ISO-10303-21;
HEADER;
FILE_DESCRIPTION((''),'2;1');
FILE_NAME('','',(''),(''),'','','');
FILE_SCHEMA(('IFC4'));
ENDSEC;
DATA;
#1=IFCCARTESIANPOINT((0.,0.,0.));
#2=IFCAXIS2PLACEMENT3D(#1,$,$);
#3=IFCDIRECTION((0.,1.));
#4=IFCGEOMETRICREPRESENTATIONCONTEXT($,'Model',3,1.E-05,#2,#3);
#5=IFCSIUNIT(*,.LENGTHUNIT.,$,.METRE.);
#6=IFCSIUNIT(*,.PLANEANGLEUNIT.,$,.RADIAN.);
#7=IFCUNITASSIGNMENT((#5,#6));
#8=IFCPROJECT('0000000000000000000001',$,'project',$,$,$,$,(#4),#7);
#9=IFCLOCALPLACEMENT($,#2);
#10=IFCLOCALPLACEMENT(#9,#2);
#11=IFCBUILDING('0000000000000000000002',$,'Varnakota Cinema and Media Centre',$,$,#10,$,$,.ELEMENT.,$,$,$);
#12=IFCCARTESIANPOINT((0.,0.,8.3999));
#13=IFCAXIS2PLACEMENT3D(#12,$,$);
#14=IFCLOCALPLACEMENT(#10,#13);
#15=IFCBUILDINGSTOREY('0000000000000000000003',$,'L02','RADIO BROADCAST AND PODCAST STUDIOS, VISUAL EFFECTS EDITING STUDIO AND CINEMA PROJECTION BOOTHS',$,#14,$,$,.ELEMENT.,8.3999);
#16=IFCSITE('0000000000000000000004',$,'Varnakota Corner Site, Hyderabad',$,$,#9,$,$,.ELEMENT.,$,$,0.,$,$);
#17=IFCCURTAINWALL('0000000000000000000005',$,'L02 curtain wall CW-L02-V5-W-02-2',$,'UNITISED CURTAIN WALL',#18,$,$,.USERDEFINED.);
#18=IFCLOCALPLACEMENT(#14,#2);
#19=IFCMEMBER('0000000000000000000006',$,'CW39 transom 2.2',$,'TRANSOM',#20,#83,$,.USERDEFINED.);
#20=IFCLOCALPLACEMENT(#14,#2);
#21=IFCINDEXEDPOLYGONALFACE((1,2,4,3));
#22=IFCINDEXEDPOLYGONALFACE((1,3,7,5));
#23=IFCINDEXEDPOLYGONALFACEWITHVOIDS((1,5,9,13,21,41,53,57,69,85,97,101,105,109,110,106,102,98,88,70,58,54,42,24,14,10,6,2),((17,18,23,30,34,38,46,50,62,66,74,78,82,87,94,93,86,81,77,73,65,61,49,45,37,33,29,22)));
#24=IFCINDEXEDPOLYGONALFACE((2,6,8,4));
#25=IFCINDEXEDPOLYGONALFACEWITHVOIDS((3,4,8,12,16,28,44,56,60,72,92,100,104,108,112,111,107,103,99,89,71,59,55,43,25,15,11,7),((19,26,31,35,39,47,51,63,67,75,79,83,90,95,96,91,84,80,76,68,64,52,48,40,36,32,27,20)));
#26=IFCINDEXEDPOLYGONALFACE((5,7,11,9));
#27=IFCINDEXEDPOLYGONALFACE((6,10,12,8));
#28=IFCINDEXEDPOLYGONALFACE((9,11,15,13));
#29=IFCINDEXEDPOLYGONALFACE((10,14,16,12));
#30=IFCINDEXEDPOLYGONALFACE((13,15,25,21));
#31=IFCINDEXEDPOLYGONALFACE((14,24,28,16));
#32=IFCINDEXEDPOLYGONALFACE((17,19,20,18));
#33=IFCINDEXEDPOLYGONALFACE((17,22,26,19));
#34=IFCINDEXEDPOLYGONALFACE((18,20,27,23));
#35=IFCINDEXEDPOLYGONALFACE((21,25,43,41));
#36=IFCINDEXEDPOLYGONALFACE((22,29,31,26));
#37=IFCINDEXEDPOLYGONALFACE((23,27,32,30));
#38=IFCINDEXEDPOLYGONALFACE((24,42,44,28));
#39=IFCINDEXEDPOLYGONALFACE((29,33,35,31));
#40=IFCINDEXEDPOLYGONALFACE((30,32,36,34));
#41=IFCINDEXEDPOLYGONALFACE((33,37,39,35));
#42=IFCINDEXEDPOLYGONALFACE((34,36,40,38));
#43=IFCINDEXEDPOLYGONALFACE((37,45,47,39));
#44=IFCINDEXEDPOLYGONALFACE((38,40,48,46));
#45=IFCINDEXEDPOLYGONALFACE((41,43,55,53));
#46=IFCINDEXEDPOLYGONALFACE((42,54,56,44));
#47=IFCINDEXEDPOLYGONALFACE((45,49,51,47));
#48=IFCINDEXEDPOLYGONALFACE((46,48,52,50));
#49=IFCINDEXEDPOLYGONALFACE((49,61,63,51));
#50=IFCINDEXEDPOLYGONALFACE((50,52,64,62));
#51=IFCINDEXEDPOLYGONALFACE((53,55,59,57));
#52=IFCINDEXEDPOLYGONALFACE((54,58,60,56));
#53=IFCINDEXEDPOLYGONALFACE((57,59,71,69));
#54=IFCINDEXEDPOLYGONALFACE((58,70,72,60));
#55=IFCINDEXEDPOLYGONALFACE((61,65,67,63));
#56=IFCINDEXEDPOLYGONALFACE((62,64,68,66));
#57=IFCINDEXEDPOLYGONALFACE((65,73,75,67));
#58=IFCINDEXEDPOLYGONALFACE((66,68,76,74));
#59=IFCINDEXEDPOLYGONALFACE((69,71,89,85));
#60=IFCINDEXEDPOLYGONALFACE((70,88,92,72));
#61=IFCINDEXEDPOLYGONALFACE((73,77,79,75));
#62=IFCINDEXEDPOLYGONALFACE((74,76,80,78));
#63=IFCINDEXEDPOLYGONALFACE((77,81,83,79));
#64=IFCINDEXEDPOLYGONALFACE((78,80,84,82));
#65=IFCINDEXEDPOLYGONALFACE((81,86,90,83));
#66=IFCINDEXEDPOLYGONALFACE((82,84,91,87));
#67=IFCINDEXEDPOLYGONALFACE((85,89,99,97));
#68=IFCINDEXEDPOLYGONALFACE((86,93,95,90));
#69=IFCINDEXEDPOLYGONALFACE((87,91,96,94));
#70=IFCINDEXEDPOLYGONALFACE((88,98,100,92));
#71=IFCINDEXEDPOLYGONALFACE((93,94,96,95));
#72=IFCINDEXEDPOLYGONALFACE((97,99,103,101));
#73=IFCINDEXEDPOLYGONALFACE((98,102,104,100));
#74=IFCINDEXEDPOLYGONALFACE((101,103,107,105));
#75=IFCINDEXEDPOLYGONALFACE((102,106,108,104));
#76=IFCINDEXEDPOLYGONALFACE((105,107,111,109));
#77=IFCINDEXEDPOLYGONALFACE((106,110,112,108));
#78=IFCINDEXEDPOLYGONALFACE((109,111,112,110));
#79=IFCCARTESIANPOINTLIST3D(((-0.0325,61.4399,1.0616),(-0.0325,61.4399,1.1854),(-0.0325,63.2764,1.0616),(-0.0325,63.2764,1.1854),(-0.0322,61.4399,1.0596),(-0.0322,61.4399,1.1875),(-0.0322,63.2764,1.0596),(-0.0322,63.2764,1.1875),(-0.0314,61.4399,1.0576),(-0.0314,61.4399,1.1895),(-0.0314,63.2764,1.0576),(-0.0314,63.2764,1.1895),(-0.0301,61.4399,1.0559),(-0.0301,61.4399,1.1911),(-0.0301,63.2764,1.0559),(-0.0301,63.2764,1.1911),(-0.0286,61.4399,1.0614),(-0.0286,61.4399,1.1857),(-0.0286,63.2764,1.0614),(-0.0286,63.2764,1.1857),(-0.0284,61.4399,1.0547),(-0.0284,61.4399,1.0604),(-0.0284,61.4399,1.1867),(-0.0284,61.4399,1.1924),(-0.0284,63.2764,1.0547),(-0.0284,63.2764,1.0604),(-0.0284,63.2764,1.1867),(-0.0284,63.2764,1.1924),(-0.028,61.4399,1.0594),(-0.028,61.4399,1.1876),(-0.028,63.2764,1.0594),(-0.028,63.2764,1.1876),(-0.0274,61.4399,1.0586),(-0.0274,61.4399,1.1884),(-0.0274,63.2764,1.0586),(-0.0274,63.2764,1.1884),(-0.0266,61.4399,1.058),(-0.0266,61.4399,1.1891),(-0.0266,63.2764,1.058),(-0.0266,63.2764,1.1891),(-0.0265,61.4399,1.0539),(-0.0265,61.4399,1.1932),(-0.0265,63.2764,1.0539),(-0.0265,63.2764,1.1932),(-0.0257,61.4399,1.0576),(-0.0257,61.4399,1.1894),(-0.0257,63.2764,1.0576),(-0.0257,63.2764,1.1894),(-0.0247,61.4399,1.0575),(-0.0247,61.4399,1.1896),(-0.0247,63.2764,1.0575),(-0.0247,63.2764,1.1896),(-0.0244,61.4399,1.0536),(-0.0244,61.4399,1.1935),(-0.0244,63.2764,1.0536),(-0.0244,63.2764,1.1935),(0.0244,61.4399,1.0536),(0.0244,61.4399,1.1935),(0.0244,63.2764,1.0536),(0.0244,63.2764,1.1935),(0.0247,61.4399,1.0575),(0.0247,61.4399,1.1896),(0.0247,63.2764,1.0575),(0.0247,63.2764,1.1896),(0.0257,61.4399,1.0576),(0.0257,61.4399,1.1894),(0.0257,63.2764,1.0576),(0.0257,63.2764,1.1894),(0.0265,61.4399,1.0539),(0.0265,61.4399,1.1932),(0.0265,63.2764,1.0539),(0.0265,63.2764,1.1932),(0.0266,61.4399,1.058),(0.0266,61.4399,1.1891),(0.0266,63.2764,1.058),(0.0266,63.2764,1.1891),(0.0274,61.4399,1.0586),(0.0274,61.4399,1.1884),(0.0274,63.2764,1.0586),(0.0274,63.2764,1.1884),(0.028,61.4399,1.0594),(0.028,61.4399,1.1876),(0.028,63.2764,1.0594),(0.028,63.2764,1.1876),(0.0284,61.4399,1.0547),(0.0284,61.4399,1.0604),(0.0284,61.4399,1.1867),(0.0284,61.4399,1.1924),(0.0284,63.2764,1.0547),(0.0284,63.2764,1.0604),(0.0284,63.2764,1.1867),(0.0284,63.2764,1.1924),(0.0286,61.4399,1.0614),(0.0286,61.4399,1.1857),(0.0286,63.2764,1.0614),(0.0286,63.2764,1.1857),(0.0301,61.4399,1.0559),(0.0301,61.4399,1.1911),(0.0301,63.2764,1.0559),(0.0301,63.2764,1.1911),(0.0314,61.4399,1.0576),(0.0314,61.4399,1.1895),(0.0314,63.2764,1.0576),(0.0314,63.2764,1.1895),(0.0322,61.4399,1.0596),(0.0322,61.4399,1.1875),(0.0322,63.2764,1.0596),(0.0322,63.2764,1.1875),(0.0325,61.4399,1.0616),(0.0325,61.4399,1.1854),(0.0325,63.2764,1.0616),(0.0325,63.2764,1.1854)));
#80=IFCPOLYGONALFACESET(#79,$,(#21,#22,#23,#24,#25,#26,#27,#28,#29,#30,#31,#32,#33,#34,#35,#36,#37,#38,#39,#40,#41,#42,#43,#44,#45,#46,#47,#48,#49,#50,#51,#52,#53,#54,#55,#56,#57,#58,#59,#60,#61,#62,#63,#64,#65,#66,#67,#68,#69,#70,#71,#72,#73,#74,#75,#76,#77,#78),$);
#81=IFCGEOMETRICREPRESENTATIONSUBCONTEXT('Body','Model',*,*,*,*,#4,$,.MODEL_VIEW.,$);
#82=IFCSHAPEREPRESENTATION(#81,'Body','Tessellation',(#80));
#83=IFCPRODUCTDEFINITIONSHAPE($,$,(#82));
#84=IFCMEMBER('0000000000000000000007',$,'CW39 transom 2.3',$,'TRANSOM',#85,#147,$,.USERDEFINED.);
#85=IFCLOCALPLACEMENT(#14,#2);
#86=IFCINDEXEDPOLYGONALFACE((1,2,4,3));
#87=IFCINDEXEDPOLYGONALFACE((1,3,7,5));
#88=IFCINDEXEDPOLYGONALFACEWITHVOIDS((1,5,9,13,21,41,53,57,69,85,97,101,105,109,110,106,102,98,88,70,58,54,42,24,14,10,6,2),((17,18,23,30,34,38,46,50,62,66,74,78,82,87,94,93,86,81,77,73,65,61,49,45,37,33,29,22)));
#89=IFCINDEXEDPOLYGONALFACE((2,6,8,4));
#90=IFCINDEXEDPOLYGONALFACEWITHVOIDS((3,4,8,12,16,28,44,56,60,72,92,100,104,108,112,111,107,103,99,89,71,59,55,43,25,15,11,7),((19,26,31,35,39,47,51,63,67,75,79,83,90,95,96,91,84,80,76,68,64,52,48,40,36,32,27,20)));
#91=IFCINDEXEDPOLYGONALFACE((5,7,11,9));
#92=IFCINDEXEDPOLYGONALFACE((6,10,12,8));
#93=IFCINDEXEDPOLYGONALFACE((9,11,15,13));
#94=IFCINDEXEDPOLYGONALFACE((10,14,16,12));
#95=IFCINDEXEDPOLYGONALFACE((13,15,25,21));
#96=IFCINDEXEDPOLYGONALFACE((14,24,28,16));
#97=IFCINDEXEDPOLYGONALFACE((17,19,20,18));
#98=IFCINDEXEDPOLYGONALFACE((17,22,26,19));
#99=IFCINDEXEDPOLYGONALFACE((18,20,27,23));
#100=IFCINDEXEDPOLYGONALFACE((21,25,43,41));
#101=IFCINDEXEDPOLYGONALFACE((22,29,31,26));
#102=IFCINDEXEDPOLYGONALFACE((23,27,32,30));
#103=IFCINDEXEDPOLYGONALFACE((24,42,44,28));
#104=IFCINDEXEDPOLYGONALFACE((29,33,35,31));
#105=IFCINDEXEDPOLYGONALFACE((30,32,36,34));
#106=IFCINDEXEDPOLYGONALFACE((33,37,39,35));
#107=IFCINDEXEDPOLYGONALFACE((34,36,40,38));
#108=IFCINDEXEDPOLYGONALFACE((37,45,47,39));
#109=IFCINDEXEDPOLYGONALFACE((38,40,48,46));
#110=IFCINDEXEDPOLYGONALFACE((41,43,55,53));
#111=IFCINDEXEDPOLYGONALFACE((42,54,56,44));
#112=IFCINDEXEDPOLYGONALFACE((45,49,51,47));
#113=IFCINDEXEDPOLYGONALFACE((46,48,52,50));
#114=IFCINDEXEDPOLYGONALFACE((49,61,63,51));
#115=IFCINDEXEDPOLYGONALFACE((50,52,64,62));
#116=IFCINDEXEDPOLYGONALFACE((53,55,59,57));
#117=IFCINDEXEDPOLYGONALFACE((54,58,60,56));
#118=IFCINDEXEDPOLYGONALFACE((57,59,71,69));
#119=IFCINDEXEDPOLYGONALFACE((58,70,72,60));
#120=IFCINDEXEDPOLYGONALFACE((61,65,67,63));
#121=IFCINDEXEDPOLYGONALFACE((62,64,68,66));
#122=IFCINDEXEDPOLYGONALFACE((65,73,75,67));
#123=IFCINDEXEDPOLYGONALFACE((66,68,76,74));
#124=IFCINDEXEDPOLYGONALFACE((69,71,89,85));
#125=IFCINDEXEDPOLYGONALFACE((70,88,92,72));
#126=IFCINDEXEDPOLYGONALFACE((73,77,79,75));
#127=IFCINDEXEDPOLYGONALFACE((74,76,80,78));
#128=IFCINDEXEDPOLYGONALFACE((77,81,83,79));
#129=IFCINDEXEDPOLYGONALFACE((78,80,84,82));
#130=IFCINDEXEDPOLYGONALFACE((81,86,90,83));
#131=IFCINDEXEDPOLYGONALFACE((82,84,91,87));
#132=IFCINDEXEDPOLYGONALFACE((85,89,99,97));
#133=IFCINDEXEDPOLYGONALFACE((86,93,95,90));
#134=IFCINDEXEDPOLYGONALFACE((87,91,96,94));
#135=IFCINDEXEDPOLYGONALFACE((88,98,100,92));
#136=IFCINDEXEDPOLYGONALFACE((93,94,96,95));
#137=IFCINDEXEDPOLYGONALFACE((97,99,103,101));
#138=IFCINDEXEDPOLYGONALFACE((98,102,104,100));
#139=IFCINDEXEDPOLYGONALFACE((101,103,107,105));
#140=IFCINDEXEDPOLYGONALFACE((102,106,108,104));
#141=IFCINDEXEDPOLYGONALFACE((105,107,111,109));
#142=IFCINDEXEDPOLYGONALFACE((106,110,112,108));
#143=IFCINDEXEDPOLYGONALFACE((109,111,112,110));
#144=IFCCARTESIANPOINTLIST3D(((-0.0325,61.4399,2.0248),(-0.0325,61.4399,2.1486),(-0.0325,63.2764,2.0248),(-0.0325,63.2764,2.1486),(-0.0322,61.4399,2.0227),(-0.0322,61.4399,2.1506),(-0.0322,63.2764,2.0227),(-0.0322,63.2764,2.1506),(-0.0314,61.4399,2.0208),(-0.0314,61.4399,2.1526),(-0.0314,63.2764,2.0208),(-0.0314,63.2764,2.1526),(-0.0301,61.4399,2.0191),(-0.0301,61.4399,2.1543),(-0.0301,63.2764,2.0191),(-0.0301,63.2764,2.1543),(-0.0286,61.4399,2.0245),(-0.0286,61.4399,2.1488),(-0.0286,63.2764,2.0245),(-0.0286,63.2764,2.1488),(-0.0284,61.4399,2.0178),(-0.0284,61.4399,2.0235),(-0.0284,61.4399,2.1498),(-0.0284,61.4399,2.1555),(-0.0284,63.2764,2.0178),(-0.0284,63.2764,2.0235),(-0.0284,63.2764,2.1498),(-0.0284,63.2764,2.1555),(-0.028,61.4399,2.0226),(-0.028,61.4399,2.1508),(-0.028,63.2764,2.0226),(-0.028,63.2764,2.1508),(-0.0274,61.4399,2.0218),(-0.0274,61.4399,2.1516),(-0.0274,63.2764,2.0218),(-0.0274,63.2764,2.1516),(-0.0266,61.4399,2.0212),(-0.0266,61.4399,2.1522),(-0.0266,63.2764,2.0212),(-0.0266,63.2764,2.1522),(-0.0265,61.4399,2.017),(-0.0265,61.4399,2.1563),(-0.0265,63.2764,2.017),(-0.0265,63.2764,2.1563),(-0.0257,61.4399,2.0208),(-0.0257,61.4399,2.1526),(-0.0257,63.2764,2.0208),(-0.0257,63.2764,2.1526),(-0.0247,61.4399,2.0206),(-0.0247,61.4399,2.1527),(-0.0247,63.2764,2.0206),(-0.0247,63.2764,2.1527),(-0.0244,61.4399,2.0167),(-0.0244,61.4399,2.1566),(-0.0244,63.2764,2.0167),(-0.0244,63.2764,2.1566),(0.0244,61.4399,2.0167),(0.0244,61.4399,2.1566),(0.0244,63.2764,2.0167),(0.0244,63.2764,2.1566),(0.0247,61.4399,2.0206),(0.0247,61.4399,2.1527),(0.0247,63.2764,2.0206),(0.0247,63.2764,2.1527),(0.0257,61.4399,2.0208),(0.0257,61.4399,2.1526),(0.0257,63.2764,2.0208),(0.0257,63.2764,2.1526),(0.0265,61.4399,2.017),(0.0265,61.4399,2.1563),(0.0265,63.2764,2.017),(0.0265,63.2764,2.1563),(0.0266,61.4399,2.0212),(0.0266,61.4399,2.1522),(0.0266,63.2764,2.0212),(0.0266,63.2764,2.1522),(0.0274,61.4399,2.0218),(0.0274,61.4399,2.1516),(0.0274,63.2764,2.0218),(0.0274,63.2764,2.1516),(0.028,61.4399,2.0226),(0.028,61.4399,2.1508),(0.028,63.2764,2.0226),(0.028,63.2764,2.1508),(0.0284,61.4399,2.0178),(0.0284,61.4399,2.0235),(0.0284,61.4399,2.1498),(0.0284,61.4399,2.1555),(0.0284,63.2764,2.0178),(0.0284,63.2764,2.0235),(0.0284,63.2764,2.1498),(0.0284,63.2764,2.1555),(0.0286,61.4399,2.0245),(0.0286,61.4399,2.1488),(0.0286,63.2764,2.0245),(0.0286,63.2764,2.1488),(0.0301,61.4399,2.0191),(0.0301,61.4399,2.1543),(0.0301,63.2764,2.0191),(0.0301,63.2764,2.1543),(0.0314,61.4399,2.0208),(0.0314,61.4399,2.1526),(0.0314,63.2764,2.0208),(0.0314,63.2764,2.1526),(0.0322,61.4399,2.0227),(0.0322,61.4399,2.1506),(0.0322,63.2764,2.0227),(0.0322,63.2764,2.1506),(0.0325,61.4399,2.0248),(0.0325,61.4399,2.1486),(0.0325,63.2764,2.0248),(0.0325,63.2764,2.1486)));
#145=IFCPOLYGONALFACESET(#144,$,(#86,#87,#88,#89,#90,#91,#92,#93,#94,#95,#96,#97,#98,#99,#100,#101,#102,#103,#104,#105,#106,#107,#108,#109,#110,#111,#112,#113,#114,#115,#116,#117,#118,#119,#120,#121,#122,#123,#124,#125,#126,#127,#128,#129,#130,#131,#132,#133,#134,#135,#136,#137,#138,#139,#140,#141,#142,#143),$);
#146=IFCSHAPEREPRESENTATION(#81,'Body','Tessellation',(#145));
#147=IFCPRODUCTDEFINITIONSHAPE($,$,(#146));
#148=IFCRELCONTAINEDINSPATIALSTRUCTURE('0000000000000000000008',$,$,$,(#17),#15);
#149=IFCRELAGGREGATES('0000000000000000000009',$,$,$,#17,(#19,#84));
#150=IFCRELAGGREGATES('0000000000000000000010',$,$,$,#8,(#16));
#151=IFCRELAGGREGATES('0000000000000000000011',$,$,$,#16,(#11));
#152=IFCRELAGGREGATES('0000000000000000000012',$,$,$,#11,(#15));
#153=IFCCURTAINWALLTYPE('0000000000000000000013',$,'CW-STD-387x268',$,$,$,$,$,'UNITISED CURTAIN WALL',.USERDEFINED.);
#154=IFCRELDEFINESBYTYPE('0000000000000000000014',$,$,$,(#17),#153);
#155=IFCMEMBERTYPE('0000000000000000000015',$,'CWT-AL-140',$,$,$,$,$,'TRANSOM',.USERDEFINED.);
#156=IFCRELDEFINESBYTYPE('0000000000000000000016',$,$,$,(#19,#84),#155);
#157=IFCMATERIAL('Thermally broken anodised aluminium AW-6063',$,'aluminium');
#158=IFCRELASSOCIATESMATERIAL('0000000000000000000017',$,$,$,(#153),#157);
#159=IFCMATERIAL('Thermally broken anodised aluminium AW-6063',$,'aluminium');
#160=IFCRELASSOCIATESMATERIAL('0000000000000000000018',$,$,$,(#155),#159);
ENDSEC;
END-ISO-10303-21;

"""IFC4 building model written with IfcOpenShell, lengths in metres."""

from ifc_helpers import new_model, si_unit, direction, frame, origin, origin_2d, place, context, subcontext, project, spatial, hollow_rectangle, extrude, material, material_profile, profile_set, type_object, element, aggregate, save


model = new_model("IFC4")

# Units and contexts
model_context = context("Model", 3, precision=1e-05, world=origin(), true_north=direction((0.0, 1.0)))
body_context = subcontext(model_context, "Body", "Model", "MODEL_VIEW")
ifc_project = project(units=[si_unit("LENGTHUNIT", "METRE"), si_unit("PLANEANGLEUNIT", "RADIAN")], contexts=[model_context])

# Site, building, storey
site_placement = place(None, origin())
site = spatial("IfcSite", under=ifc_project, at=site_placement, Name="Varnakota Corner Site, Hyderabad", CompositionType="ELEMENT", RefElevation=0.0)
building_placement = place(site_placement, origin())
building = spatial("IfcBuilding", under=site, at=building_placement, Name="Varnakota Cinema and Media Centre", CompositionType="ELEMENT")
storey_placement = place(building_placement, frame((0.0, 0.0, 8.3999)))
storey = spatial("IfcBuildingStorey", under=building, at=storey_placement, Name="L02", Description="RADIO BROADCAST AND PODCAST STUDIOS, VISUAL EFFECTS EDITING STUDIO AND CINEMA PROJECTION BOOTHS", CompositionType="ELEMENT", Elevation=8.3999)

# Curtain wall, members
ifc_material_1 = material(Name="Thermally broken anodised aluminium AW-6063", Category="aluminium")
curtain_wall_type = type_object("IfcCurtainWallType", Name="CW-STD-387x268", ElementType="UNITISED CURTAIN WALL", PredefinedType="USERDEFINED", material=ifc_material_1)
curtain_wall_placement = place(storey_placement, origin())
curtain_wall = element("IfcCurtainWall", 1, at=curtain_wall_placement, inside=storey, type_object=curtain_wall_type, Name="L02 curtain wall CW-L02-V5-W-02-2", ObjectType="UNITISED CURTAIN WALL", PredefinedType="USERDEFINED")
ifc_material_2 = material(Name="Thermally broken anodised aluminium AW-6063", Category="aluminium")
ifc_material_profile_1 = material_profile(ifc_material_2, hollow_rectangle(XDim=0.0649, YDim=0.1399, WallThickness=0.0039, InnerFilletRadius=0.0039, OuterFilletRadius=0.0081, at=origin_2d()), Name="AL-TRANSOM 140x65x4")
ifc_profile_set_1 = profile_set([ifc_material_profile_1], Name="Thermally broken anodised aluminium AW-6063")
member_type_1 = type_object("IfcMemberType", Name="CWT-AL-140", ElementType="TRANSOM", PredefinedType="USERDEFINED", material=ifc_profile_set_1)
member_1_placement = place(storey_placement, frame((0.0, 63.2764, 1.1235), z_axis=(0.0, -1.0, 0.0), x_axis=(1.0, 0.0, 0.0)))
member_1 = element("IfcMember", 2, at=member_1_placement, type_object=member_type_1, Name="CW39 transom 2.2", ObjectType="TRANSOM", PredefinedType="USERDEFINED", context=body_context, shape_type="SweptSolid", body=[
    extrude(hollow_rectangle(XDim=0.0649, YDim=0.1399, WallThickness=0.0039, InnerFilletRadius=0.0039, OuterFilletRadius=0.0081, at=origin_2d()), origin(), (0.0, 0.0, 1.0), 1.8364),
])
member_2_placement = place(storey_placement, frame((0.0, 63.2764, 2.0867), z_axis=(0.0, -1.0, 0.0), x_axis=(1.0, 0.0, 0.0)))
member_2 = element("IfcMember", 3, at=member_2_placement, type_object=member_type_1, Name="CW39 transom 2.3", ObjectType="TRANSOM", PredefinedType="USERDEFINED", context=body_context, shape_type="SweptSolid", body=[
    extrude(hollow_rectangle(XDim=0.0649, YDim=0.1399, WallThickness=0.0039, InnerFilletRadius=0.0039, OuterFilletRadius=0.0081, at=origin_2d()), origin(), (0.0, 0.0, 1.0), 1.8364),
])
aggregate(curtain_wall, [member_1, member_2])

save(model, "model.ifc")
